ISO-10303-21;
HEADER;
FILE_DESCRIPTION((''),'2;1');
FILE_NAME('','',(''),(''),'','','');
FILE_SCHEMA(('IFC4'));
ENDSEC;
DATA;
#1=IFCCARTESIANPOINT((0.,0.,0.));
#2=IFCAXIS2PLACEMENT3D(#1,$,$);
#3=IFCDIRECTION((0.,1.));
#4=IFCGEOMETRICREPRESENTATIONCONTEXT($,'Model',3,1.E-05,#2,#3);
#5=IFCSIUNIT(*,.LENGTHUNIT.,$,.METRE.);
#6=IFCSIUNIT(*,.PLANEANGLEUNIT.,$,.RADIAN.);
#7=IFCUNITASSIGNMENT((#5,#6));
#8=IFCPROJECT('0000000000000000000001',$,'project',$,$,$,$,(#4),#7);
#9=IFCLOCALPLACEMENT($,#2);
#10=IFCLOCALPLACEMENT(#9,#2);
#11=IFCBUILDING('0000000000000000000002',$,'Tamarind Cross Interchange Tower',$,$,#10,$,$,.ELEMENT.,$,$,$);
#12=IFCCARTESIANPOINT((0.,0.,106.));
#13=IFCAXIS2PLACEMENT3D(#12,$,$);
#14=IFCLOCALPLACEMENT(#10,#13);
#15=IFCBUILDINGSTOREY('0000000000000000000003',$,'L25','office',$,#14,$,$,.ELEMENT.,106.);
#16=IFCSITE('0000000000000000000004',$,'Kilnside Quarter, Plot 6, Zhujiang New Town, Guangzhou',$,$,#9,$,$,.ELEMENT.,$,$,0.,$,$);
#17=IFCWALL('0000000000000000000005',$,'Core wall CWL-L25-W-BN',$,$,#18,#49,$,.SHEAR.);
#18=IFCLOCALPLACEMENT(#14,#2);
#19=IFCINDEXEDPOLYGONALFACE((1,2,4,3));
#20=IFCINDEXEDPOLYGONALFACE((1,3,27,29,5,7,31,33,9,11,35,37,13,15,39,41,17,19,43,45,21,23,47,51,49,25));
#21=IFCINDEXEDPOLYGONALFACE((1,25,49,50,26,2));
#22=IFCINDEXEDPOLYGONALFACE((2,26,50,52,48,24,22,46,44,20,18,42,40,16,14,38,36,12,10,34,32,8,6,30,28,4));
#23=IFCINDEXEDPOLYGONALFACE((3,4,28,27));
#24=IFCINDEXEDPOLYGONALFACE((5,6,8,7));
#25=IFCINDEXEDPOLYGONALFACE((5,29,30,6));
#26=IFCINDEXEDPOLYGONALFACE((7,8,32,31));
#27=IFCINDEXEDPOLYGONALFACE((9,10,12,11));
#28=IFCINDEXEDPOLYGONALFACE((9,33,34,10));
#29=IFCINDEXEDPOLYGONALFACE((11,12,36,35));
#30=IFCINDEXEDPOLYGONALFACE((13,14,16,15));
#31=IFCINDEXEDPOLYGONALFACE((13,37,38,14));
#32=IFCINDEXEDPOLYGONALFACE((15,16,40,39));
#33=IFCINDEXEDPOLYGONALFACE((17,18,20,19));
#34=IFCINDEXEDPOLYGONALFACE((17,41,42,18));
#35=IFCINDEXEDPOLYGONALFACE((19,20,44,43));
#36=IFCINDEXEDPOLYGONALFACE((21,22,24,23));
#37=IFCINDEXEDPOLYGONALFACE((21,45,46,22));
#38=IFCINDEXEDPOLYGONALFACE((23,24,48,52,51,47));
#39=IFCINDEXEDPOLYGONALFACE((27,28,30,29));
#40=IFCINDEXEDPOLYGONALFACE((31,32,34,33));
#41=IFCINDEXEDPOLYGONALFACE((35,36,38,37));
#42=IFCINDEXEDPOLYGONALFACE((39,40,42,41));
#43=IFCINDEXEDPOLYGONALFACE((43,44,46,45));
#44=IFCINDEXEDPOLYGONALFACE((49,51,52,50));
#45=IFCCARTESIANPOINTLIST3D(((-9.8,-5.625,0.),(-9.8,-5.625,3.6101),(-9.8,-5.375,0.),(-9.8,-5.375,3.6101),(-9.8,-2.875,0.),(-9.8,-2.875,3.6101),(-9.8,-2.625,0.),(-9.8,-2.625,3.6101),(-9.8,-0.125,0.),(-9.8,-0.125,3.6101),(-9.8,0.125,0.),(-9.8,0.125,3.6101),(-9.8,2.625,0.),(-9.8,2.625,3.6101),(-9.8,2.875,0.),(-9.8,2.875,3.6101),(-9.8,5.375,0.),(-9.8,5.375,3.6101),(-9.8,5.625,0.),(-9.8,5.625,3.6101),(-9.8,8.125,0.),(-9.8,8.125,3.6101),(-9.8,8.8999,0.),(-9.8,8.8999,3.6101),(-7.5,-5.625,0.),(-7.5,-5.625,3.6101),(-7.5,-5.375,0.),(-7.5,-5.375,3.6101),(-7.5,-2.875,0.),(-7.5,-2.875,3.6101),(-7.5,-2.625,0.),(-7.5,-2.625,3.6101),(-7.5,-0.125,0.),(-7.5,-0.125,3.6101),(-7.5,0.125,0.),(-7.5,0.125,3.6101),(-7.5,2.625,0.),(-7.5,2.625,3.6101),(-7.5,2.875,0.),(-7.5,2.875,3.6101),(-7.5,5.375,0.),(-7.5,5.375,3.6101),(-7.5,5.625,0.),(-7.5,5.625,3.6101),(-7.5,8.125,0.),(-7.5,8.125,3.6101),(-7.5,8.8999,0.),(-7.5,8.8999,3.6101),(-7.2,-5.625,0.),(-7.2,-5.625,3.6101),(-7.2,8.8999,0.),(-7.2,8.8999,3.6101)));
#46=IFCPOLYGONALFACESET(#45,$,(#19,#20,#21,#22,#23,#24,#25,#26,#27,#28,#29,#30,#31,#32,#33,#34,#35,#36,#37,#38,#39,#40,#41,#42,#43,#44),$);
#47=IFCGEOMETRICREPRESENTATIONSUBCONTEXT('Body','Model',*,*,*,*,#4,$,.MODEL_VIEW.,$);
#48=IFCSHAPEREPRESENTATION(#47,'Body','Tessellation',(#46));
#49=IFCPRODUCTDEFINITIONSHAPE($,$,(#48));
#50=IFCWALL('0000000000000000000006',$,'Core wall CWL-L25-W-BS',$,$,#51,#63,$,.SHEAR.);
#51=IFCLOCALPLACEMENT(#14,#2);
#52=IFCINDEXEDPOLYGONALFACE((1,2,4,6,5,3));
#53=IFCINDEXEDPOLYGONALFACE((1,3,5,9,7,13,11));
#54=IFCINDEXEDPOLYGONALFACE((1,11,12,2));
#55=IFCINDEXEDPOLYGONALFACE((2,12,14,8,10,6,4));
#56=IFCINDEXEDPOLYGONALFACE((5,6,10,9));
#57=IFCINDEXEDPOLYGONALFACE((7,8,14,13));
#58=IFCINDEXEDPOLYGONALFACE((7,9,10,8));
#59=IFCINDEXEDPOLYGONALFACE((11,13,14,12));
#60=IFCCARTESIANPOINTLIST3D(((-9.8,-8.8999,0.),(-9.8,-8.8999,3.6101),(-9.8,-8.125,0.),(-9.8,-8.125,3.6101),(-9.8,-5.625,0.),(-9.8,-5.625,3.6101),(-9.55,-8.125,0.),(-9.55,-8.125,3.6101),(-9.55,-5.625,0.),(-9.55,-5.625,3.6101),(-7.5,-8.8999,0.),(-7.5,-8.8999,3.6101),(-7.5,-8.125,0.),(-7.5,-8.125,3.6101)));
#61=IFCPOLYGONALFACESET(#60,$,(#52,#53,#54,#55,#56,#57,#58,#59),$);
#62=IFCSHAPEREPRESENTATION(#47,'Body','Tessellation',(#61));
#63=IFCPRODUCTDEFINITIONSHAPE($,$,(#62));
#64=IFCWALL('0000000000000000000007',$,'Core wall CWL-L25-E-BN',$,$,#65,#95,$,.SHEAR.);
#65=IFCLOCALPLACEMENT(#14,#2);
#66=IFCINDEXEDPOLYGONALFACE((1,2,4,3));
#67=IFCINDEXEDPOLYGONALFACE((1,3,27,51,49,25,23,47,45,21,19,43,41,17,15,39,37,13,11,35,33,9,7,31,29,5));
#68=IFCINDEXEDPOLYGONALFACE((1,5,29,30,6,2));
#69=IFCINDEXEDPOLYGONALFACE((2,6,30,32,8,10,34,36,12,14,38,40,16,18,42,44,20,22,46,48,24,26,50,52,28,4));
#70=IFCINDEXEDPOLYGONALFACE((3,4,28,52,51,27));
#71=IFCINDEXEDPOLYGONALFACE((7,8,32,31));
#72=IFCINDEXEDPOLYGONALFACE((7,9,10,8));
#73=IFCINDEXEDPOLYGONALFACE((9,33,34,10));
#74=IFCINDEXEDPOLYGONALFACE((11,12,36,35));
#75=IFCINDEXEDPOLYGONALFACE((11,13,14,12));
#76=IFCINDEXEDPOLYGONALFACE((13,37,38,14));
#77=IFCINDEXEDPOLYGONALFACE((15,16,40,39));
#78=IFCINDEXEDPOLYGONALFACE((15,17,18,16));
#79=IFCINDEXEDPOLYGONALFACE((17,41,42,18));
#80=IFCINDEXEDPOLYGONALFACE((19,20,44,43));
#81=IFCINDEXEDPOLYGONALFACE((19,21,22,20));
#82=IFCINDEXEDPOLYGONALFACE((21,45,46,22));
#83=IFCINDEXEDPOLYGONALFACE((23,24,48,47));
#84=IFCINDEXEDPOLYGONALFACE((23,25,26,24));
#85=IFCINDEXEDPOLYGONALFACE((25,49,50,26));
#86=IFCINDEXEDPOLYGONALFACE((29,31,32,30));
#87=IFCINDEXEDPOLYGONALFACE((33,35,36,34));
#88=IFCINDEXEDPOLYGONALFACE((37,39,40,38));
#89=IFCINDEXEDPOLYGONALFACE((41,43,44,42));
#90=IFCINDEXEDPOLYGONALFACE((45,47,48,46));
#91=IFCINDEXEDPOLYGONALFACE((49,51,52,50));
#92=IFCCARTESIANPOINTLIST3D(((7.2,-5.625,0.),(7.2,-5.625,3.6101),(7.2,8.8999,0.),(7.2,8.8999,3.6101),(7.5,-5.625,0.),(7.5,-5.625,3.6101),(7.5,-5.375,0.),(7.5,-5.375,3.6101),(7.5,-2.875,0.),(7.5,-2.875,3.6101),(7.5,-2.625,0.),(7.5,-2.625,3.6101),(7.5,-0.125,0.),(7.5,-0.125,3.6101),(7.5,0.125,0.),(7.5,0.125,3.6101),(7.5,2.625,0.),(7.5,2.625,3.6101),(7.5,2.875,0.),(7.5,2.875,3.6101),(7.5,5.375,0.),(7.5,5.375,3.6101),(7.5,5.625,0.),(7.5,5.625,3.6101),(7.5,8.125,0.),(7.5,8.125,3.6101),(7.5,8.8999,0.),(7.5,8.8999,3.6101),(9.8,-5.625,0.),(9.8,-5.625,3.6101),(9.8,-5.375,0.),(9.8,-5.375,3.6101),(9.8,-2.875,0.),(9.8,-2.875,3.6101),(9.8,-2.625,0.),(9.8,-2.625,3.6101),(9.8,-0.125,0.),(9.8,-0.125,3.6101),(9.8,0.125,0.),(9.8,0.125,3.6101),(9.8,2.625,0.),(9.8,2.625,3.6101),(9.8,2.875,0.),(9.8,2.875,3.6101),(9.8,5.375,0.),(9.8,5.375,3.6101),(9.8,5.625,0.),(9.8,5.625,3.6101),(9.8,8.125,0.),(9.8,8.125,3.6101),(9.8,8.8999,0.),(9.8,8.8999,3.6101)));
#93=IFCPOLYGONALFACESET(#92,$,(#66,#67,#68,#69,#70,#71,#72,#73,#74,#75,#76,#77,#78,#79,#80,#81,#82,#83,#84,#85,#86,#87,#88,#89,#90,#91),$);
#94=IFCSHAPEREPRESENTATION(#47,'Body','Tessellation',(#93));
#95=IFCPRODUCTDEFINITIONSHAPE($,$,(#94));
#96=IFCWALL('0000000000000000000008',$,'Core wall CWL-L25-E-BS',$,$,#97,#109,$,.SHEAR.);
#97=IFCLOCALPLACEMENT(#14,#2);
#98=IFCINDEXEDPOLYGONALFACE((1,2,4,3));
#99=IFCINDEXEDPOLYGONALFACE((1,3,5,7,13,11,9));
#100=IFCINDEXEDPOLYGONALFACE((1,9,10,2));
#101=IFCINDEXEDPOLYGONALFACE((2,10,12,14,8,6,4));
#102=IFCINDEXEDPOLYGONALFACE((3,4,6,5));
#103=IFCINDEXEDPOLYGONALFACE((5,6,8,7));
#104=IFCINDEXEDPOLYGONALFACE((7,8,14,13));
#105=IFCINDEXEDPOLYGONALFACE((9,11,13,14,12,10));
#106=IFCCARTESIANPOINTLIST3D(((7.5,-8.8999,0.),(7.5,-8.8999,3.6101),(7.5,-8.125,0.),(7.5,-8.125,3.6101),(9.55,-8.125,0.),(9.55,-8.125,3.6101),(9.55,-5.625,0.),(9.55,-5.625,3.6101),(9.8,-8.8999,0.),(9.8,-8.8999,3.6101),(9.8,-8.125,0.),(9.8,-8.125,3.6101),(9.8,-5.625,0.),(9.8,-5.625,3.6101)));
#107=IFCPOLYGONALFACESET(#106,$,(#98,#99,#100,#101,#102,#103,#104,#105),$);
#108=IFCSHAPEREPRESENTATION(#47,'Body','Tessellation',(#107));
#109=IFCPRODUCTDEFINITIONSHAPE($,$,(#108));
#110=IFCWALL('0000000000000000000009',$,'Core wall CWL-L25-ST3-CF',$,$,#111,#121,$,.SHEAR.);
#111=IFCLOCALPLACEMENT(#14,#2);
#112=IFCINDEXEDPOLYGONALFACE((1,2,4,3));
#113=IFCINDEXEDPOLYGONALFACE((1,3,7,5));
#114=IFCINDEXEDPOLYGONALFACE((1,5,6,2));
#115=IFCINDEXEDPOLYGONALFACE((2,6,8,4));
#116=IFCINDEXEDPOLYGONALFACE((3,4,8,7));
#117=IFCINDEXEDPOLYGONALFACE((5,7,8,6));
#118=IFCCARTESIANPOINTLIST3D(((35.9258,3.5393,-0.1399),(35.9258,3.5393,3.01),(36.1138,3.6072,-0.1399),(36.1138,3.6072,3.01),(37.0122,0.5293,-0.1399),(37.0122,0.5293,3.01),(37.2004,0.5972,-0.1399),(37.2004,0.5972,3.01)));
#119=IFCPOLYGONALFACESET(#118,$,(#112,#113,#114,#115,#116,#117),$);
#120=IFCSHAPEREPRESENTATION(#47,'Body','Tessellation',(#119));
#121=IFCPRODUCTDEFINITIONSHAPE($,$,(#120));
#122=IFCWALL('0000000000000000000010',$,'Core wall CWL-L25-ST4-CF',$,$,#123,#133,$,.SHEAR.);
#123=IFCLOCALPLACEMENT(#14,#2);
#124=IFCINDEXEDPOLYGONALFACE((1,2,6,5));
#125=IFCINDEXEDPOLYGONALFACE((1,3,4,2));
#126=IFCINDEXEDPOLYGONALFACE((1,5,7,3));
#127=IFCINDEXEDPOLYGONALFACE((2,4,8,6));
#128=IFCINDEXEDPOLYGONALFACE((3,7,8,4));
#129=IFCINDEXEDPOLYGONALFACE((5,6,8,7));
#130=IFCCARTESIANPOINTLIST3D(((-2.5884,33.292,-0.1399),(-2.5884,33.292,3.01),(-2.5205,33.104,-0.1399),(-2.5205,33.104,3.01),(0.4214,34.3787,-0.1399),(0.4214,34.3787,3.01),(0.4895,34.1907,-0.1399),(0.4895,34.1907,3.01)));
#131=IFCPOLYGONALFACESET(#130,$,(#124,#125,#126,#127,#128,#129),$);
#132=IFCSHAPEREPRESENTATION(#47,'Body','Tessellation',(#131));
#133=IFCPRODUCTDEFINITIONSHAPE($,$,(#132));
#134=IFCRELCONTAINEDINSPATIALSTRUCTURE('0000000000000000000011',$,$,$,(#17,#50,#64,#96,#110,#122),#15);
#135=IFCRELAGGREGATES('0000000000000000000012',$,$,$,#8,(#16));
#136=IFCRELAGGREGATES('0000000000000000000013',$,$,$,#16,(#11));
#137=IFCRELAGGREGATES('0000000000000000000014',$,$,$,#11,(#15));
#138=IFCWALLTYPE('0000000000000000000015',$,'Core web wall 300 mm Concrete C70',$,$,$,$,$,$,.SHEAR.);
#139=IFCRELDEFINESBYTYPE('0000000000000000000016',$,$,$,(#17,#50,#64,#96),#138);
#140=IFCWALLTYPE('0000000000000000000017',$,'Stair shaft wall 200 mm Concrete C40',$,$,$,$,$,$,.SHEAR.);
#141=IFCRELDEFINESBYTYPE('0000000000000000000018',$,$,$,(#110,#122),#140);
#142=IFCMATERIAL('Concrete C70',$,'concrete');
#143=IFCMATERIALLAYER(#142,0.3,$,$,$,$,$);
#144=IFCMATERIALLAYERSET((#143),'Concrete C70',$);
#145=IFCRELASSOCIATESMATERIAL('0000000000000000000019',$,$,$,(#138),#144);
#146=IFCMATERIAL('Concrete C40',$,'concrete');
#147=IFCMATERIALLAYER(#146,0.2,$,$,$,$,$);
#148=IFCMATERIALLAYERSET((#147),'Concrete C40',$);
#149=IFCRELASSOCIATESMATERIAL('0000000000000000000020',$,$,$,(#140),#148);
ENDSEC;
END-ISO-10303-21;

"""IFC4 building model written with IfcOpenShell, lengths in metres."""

from ifc_helpers import new_model, si_unit, direction, frame, origin, place, context, subcontext, project, spatial, polyline, outline, extrude, material, layer, layer_set, type_object, element, save


model = new_model("IFC4")

# Units and contexts
model_context = context("Model", 3, precision=1e-05, world=origin(), true_north=direction((0.0, 1.0)))
body_context = subcontext(model_context, "Body", "Model", "MODEL_VIEW")
ifc_project = project(units=[si_unit("LENGTHUNIT", "METRE"), si_unit("PLANEANGLEUNIT", "RADIAN")], contexts=[model_context])

# Site, building, storey
site_placement = place(None, origin())
site = spatial("IfcSite", under=ifc_project, at=site_placement, Name="Kilnside Quarter, Plot 6, Zhujiang New Town, Guangzhou", CompositionType="ELEMENT", RefElevation=0.0)
building_placement = place(site_placement, origin())
building = spatial("IfcBuilding", under=site, at=building_placement, Name="Tamarind Cross Interchange Tower", CompositionType="ELEMENT")
storey_placement = place(building_placement, frame((0.0, 0.0, 106.0)))
storey = spatial("IfcBuildingStorey", under=building, at=storey_placement, Name="L25", Description="office", CompositionType="ELEMENT", Elevation=106.0)

# Shared definitions
ifc_material_1 = material(Name="Concrete C40", Category="concrete")

# Walls
ifc_material_2 = material(Name="Concrete C70", Category="concrete")
ifc_layer_1 = layer(ifc_material_2, 0.3)
ifc_layer_set_1 = layer_set([ifc_layer_1], Name="Concrete C70")
wall_type_1 = type_object("IfcWallType", Name="Core web wall 300 mm Concrete C70", PredefinedType="SHEAR", material=ifc_layer_set_1)
wall_1_placement = place(storey_placement, origin())
element("IfcWall", 1, at=wall_1_placement, inside=storey, type_object=wall_type_1, Name="Core wall CWL-L25-W-BN", PredefinedType="SHEAR", context=body_context, shape_type="SweptSolid", body=[
    extrude(outline(polyline([(-9.8, -5.375), (-9.8, -5.625), (-7.5, -5.625), (-7.2, -5.625), (-7.2, 8.8999), (-7.5, 8.8999), (-9.8, 8.8999), (-9.8, 8.125), (-7.5, 8.125), (-7.5, 5.625), (-9.8, 5.625), (-9.8, 5.375), (-7.5, 5.375), (-7.5, 2.875), (-9.8, 2.875), (-9.8, 2.625), (-7.5, 2.625), (-7.5, 0.125), (-9.8, 0.125), (-9.8, -0.125), (-7.5, -0.125), (-7.5, -2.625), (-9.8, -2.625), (-9.8, -2.875), (-7.5, -2.875), (-7.5, -5.375), (-9.8, -5.375)])), origin(), (0.0, 0.0, 1.0), 3.6101),
])
wall_2_placement = place(storey_placement, origin())
element("IfcWall", 2, at=wall_2_placement, inside=storey, type_object=wall_type_1, Name="Core wall CWL-L25-W-BS", PredefinedType="SHEAR", context=body_context, shape_type="SweptSolid", body=[
    extrude(outline(polyline([(-7.5, -8.125), (-9.55, -8.125), (-9.55, -5.625), (-9.8, -5.625), (-9.8, -8.125), (-9.8, -8.8999), (-7.5, -8.8999), (-7.5, -8.125)])), origin(), (0.0, 0.0, 1.0), 3.6101),
])
wall_3_placement = place(storey_placement, origin())
element("IfcWall", 3, at=wall_3_placement, inside=storey, type_object=wall_type_1, Name="Core wall CWL-L25-E-BN", PredefinedType="SHEAR", context=body_context, shape_type="SweptSolid", body=[
    extrude(outline(polyline([(9.8, -5.375), (7.5, -5.375), (7.5, -2.875), (9.8, -2.875), (9.8, -2.625), (7.5, -2.625), (7.5, -0.125), (9.8, -0.125), (9.8, 0.125), (7.5, 0.125), (7.5, 2.625), (9.8, 2.625), (9.8, 2.875), (7.5, 2.875), (7.5, 5.375), (9.8, 5.375), (9.8, 5.625), (7.5, 5.625), (7.5, 8.125), (9.8, 8.125), (9.8, 8.8999), (7.5, 8.8999), (7.2, 8.8999), (7.2, -5.625), (7.5, -5.625), (9.8, -5.625), (9.8, -5.375)])), origin(), (0.0, 0.0, 1.0), 3.6101),
])
wall_4_placement = place(storey_placement, origin())
element("IfcWall", 4, at=wall_4_placement, inside=storey, type_object=wall_type_1, Name="Core wall CWL-L25-E-BS", PredefinedType="SHEAR", context=body_context, shape_type="SweptSolid", body=[
    extrude(outline(polyline([(7.5, -8.125), (7.5, -8.8999), (9.8, -8.8999), (9.8, -8.125), (9.8, -5.625), (9.55, -5.625), (9.55, -8.125), (7.5, -8.125)])), origin(), (0.0, 0.0, 1.0), 3.6101),
])
ifc_layer_2 = layer(ifc_material_1, 0.2)
ifc_layer_set_2 = layer_set([ifc_layer_2], Name="Concrete C40")
wall_type_2 = type_object("IfcWallType", Name="Stair shaft wall 200 mm Concrete C40", PredefinedType="SHEAR", material=ifc_layer_set_2)
wall_5_placement = place(storey_placement, frame((0.0, 0.0, -0.1399)))
element("IfcWall", 5, at=wall_5_placement, inside=storey, type_object=wall_type_2, Name="Core wall CWL-L25-ST3-CF", PredefinedType="SHEAR", context=body_context, shape_type="SweptSolid", body=[
    extrude(outline(polyline([(37.0122, 0.5293), (37.2004, 0.5972), (36.1138, 3.6072), (35.9258, 3.5393), (37.0122, 0.5293)])), origin(), (0.0, 0.0, 1.0), 3.1499),
])
wall_6_placement = place(storey_placement, frame((0.0, 0.0, -0.1399)))
element("IfcWall", 6, at=wall_6_placement, inside=storey, type_object=wall_type_2, Name="Core wall CWL-L25-ST4-CF", PredefinedType="SHEAR", context=body_context, shape_type="SweptSolid", body=[
    extrude(outline(polyline([(0.4895, 34.1907), (0.4214, 34.3787), (-2.5884, 33.292), (-2.5205, 33.104), (0.4895, 34.1907)])), origin(), (0.0, 0.0, 1.0), 3.1499),
])

save(model, "model.ifc")
